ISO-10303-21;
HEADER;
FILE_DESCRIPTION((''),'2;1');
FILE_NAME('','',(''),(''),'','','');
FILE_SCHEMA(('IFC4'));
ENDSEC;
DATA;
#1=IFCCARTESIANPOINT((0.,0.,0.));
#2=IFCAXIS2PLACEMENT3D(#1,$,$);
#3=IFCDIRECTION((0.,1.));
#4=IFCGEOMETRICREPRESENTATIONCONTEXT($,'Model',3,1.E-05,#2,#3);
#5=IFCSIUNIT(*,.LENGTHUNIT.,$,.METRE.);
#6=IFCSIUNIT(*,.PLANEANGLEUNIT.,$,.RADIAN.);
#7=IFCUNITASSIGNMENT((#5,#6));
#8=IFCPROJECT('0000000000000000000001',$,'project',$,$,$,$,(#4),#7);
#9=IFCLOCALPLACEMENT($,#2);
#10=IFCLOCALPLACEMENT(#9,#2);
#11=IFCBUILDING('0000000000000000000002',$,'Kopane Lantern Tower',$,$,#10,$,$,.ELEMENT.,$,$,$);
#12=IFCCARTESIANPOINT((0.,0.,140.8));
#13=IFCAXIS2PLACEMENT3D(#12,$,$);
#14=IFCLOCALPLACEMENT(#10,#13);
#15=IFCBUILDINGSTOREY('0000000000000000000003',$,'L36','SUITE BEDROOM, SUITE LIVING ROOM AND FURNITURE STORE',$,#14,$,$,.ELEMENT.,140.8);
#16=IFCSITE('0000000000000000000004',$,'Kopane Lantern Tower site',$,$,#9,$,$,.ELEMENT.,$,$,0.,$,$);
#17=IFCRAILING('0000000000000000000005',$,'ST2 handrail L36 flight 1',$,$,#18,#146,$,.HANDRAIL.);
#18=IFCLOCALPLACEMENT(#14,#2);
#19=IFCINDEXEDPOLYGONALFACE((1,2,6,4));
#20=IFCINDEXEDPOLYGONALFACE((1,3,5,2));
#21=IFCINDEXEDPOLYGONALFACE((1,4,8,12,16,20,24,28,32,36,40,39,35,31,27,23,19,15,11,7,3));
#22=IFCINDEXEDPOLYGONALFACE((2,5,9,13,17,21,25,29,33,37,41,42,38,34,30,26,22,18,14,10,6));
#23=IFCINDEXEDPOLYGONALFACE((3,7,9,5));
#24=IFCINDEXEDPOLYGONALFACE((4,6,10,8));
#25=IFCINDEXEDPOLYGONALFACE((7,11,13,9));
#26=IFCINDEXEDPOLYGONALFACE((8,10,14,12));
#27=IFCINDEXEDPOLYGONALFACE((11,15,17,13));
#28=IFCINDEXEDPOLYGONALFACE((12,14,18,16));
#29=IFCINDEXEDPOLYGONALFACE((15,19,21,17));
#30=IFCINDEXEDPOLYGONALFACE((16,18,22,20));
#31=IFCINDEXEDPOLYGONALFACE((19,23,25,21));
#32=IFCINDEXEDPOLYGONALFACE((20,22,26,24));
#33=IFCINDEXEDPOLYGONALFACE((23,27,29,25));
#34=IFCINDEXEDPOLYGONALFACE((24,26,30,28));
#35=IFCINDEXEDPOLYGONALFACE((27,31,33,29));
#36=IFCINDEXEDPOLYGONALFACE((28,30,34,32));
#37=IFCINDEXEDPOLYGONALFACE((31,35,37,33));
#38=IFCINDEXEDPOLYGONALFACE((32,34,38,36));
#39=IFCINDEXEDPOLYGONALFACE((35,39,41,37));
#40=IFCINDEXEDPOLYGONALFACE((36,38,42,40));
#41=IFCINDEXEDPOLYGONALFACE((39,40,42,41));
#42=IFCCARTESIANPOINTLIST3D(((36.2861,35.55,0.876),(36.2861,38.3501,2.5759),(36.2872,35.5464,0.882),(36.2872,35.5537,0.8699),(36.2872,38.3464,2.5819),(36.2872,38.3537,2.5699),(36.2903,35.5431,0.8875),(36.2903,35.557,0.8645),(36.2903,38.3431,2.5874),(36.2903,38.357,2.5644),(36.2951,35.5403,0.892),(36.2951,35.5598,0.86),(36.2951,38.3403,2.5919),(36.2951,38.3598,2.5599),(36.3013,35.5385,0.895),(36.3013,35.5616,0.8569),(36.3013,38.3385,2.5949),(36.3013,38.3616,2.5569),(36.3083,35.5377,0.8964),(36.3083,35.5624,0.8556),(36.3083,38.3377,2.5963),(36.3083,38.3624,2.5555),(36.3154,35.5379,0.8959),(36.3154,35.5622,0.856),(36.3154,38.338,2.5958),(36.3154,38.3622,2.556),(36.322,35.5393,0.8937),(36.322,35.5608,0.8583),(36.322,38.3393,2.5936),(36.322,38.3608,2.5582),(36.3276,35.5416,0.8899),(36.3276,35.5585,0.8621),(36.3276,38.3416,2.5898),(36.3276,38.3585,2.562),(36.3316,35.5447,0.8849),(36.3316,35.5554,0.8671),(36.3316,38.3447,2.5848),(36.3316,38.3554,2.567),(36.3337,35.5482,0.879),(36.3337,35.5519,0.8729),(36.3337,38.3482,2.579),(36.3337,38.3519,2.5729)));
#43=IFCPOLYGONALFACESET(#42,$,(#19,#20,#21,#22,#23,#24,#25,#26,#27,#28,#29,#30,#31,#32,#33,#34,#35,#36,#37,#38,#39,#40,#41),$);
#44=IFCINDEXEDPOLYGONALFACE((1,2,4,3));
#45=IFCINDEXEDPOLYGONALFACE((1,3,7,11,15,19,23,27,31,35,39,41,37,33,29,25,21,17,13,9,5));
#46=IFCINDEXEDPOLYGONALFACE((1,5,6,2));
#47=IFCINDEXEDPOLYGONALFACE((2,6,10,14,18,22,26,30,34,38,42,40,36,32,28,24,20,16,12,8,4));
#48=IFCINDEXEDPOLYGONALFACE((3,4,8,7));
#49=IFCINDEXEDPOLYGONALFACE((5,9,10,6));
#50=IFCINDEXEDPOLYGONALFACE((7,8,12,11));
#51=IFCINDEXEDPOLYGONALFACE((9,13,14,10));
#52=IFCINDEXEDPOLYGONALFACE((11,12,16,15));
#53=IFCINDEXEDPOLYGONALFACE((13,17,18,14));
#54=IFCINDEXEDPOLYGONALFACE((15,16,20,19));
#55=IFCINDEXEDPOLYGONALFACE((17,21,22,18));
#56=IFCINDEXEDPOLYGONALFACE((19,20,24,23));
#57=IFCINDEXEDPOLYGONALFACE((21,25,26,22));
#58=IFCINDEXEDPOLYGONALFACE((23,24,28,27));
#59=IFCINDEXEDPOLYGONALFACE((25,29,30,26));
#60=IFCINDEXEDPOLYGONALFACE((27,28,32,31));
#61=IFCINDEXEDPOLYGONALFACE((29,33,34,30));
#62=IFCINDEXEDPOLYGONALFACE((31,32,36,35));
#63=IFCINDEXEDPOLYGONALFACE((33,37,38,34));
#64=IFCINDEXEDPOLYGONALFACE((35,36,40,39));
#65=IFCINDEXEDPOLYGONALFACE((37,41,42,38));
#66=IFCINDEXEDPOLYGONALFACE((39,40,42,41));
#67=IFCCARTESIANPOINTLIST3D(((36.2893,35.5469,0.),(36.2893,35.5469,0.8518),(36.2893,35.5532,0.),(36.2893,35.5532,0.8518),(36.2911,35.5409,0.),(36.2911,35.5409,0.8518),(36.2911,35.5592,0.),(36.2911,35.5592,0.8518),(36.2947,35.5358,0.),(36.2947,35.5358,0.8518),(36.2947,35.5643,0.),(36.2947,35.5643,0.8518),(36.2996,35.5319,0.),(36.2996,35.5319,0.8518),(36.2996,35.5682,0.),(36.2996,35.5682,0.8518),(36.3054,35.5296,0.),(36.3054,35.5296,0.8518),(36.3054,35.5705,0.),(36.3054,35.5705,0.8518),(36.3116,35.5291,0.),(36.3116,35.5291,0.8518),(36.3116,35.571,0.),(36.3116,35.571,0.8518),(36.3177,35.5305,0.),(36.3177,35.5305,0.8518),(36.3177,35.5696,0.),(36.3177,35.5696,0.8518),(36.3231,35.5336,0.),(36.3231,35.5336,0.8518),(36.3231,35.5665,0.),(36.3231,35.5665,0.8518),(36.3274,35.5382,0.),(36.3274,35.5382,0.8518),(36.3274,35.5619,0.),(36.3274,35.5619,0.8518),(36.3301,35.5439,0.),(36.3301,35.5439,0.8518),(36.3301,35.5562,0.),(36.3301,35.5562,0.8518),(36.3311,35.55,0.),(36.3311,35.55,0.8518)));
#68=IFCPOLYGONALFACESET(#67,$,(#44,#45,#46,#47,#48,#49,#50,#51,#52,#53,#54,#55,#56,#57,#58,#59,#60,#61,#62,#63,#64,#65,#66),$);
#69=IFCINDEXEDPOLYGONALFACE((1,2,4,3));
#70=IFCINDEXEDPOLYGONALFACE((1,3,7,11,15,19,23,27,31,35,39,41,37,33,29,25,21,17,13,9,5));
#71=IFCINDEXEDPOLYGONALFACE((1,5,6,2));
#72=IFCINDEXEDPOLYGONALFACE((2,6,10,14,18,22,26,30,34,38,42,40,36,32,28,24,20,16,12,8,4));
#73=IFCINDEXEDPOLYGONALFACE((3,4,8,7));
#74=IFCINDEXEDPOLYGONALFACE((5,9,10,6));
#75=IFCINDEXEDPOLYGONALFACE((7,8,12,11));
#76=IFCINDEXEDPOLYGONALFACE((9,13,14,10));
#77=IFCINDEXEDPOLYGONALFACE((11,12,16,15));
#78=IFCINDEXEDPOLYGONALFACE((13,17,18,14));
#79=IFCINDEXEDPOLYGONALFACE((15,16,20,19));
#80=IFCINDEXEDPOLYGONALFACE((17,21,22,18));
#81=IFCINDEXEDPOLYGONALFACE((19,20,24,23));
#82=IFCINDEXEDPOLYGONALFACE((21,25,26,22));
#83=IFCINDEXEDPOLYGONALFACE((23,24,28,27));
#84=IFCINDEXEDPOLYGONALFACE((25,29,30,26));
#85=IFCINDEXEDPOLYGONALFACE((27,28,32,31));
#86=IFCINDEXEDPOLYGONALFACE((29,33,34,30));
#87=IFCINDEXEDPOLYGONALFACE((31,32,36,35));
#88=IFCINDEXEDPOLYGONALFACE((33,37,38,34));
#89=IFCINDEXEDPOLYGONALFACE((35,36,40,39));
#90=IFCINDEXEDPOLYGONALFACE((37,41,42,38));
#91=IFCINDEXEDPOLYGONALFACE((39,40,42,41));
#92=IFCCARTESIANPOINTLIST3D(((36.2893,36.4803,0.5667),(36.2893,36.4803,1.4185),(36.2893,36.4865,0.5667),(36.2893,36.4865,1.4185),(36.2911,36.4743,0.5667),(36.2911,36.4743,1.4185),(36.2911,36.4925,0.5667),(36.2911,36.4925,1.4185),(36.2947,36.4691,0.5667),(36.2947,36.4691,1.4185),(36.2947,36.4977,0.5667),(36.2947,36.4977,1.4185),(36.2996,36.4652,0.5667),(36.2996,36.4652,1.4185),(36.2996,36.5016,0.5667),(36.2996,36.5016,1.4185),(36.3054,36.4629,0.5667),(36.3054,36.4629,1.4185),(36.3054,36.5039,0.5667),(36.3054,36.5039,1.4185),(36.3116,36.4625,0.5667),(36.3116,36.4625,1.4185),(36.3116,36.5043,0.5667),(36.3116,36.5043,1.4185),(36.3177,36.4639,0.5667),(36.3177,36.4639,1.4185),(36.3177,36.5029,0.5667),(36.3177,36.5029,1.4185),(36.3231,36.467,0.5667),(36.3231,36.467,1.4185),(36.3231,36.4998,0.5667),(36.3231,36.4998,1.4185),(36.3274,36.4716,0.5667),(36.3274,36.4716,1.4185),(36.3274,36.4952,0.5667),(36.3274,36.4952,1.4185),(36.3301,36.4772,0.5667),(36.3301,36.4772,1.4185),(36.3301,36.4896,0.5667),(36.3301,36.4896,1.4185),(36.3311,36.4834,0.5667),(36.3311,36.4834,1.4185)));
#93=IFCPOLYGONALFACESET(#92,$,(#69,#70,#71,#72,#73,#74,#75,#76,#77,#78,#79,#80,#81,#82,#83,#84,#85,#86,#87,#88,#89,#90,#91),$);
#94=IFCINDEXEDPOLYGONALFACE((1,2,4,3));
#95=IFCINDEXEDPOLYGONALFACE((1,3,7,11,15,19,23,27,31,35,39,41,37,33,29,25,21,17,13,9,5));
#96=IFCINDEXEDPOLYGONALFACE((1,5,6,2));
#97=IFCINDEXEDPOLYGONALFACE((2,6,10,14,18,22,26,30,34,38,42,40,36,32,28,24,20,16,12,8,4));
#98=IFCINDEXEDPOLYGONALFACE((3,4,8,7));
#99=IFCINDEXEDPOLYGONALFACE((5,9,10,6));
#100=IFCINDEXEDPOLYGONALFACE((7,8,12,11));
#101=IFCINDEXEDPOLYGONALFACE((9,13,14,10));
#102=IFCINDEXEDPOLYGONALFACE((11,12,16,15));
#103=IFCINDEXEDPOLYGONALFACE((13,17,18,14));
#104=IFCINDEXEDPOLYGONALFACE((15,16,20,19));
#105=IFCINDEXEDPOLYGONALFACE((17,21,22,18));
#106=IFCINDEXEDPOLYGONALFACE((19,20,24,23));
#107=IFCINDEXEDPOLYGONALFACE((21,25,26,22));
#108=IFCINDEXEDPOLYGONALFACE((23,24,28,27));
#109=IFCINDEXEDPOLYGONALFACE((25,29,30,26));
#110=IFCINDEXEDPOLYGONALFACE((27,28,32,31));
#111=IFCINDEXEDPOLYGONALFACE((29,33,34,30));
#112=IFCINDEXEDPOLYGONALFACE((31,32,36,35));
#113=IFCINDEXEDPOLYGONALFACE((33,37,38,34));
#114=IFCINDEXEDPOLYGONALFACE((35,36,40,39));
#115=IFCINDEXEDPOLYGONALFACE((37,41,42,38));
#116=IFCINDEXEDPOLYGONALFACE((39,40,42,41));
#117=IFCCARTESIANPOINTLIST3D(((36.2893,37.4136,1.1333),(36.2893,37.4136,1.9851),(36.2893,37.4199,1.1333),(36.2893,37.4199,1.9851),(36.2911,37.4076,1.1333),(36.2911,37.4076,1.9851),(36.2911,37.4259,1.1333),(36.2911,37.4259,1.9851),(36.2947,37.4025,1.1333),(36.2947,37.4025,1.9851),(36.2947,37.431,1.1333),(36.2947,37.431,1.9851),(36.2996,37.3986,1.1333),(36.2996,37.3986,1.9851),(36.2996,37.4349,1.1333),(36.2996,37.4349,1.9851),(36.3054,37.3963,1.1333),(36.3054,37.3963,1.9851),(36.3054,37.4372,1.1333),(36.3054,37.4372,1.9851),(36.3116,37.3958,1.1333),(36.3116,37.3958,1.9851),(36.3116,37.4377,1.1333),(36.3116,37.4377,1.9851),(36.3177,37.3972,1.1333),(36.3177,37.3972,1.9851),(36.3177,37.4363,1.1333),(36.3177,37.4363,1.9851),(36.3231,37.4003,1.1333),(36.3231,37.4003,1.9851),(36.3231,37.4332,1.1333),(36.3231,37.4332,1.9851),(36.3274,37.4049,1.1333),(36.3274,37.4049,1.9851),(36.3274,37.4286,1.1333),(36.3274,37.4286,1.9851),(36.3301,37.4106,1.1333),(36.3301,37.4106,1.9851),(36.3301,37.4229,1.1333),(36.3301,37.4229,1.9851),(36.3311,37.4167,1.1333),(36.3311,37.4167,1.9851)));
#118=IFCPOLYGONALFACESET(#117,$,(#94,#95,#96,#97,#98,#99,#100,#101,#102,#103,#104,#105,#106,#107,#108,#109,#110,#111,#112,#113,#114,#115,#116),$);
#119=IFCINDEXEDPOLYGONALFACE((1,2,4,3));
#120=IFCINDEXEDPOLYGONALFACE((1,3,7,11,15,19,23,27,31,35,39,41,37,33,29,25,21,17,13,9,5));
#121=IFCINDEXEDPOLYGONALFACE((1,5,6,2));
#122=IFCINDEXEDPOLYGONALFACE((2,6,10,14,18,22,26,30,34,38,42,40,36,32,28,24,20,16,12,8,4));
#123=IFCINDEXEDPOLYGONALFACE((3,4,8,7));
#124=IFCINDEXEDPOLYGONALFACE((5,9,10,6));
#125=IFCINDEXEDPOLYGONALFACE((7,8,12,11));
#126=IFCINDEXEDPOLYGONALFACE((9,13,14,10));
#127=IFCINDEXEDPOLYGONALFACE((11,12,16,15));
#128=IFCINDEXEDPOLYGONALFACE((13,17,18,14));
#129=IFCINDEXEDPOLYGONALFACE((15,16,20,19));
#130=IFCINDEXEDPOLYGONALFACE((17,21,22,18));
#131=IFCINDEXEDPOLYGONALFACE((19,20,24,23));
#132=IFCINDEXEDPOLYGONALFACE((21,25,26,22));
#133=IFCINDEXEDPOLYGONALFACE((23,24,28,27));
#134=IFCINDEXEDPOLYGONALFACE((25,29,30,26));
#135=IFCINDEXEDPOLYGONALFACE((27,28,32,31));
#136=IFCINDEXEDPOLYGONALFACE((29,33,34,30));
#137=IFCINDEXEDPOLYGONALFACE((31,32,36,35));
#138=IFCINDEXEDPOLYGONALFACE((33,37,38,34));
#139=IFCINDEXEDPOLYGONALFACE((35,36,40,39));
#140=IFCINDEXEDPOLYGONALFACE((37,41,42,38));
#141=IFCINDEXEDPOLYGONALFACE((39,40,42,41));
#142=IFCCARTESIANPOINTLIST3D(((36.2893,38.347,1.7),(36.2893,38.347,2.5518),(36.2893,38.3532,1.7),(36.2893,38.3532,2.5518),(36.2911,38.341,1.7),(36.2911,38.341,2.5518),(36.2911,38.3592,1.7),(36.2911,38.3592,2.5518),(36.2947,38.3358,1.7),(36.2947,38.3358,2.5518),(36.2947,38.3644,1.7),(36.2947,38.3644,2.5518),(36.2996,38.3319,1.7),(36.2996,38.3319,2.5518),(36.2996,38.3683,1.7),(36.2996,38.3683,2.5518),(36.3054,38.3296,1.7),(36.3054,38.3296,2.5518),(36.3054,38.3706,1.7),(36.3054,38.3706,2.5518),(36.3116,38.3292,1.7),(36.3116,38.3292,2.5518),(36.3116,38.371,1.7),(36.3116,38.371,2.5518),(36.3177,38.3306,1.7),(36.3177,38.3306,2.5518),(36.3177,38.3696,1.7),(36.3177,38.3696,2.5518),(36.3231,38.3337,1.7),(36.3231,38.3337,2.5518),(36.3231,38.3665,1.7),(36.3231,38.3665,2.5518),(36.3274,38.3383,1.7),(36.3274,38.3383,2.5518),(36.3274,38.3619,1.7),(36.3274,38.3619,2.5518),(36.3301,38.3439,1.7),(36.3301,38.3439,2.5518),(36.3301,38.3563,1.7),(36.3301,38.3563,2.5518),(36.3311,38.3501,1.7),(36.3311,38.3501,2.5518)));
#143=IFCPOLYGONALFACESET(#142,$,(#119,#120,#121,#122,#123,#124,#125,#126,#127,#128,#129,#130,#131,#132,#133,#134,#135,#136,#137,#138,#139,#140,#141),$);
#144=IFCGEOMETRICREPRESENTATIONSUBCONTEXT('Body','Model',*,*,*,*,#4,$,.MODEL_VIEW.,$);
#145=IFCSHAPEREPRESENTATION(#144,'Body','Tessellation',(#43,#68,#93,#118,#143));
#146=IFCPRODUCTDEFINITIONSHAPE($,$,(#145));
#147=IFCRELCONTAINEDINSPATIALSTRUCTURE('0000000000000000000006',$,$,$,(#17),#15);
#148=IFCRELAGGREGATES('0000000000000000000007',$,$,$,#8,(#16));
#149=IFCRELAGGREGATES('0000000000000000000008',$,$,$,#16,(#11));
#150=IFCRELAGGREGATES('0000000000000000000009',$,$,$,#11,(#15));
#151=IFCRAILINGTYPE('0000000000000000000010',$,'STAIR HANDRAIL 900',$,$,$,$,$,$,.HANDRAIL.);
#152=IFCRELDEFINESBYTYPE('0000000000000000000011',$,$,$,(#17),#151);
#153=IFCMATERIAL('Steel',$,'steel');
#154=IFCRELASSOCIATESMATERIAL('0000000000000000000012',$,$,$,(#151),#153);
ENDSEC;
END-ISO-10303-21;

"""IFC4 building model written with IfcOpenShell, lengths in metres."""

from ifc_helpers import new_model, si_unit, direction, frame, origin, origin_2d, place, context, subcontext, project, spatial, circle, extrude, material, type_object, element, save


model = new_model("IFC4")

# Units and contexts
model_context = context("Model", 3, precision=1e-05, world=origin(), true_north=direction((0.0, 1.0)))
body_context = subcontext(model_context, "Body", "Model", "MODEL_VIEW")
ifc_project = project(units=[si_unit("LENGTHUNIT", "METRE"), si_unit("PLANEANGLEUNIT", "RADIAN")], contexts=[model_context])

# Site, building, storey
site_placement = place(None, origin())
site = spatial("IfcSite", under=ifc_project, at=site_placement, Name="Kopane Lantern Tower site", CompositionType="ELEMENT", RefElevation=0.0)
building_placement = place(site_placement, origin())
building = spatial("IfcBuilding", under=site, at=building_placement, Name="Kopane Lantern Tower", CompositionType="ELEMENT")
storey_placement = place(building_placement, frame((0.0, 0.0, 140.8)))
storey = spatial("IfcBuildingStorey", under=building, at=storey_placement, Name="L36", Description="SUITE BEDROOM, SUITE LIVING ROOM AND FURNITURE STORE", CompositionType="ELEMENT", Elevation=140.8)

# Railing
ifc_material_1 = material(Name="Steel", Category="steel")
railing_type_1 = type_object("IfcRailingType", Name="STAIR HANDRAIL 900", PredefinedType="HANDRAIL", material=ifc_material_1)
for number, where, name in (
    (1, (36.3101, 35.55, 0.0), "ST2 handrail L36 flight 1"),
):
    element("IfcRailing", number, at=place(storey_placement, frame(where)), inside=storey, type_object=railing_type_1, Name=name, PredefinedType="HANDRAIL", context=body_context, shape_type="SweptSolid", body=[
        extrude(circle(Radius=0.0239, at=origin_2d()), frame((0.0, 0.0, 0.876), z_axis=(0.0, 0.854798, 0.518961), x_axis=(-1.0, 0.0, 0.0)), (0.0, 0.0, 1.0), 3.2756),
        extrude(circle(Radius=0.021, at=origin_2d()), origin(), (0.0, 0.0, 1.0), 0.8518),
        extrude(circle(Radius=0.021, at=origin_2d()), frame((0.0, 0.9333, 0.5667)), (0.0, 0.0, 1.0), 0.8518),
        extrude(circle(Radius=0.021, at=origin_2d()), frame((0.0, 1.8667, 1.1333)), (0.0, 0.0, 1.0), 0.8518),
        extrude(circle(Radius=0.021, at=origin_2d()), frame((0.0, 2.8, 1.7)), (0.0, 0.0, 1.0), 0.8518),
    ])

save(model, "model.ifc")
